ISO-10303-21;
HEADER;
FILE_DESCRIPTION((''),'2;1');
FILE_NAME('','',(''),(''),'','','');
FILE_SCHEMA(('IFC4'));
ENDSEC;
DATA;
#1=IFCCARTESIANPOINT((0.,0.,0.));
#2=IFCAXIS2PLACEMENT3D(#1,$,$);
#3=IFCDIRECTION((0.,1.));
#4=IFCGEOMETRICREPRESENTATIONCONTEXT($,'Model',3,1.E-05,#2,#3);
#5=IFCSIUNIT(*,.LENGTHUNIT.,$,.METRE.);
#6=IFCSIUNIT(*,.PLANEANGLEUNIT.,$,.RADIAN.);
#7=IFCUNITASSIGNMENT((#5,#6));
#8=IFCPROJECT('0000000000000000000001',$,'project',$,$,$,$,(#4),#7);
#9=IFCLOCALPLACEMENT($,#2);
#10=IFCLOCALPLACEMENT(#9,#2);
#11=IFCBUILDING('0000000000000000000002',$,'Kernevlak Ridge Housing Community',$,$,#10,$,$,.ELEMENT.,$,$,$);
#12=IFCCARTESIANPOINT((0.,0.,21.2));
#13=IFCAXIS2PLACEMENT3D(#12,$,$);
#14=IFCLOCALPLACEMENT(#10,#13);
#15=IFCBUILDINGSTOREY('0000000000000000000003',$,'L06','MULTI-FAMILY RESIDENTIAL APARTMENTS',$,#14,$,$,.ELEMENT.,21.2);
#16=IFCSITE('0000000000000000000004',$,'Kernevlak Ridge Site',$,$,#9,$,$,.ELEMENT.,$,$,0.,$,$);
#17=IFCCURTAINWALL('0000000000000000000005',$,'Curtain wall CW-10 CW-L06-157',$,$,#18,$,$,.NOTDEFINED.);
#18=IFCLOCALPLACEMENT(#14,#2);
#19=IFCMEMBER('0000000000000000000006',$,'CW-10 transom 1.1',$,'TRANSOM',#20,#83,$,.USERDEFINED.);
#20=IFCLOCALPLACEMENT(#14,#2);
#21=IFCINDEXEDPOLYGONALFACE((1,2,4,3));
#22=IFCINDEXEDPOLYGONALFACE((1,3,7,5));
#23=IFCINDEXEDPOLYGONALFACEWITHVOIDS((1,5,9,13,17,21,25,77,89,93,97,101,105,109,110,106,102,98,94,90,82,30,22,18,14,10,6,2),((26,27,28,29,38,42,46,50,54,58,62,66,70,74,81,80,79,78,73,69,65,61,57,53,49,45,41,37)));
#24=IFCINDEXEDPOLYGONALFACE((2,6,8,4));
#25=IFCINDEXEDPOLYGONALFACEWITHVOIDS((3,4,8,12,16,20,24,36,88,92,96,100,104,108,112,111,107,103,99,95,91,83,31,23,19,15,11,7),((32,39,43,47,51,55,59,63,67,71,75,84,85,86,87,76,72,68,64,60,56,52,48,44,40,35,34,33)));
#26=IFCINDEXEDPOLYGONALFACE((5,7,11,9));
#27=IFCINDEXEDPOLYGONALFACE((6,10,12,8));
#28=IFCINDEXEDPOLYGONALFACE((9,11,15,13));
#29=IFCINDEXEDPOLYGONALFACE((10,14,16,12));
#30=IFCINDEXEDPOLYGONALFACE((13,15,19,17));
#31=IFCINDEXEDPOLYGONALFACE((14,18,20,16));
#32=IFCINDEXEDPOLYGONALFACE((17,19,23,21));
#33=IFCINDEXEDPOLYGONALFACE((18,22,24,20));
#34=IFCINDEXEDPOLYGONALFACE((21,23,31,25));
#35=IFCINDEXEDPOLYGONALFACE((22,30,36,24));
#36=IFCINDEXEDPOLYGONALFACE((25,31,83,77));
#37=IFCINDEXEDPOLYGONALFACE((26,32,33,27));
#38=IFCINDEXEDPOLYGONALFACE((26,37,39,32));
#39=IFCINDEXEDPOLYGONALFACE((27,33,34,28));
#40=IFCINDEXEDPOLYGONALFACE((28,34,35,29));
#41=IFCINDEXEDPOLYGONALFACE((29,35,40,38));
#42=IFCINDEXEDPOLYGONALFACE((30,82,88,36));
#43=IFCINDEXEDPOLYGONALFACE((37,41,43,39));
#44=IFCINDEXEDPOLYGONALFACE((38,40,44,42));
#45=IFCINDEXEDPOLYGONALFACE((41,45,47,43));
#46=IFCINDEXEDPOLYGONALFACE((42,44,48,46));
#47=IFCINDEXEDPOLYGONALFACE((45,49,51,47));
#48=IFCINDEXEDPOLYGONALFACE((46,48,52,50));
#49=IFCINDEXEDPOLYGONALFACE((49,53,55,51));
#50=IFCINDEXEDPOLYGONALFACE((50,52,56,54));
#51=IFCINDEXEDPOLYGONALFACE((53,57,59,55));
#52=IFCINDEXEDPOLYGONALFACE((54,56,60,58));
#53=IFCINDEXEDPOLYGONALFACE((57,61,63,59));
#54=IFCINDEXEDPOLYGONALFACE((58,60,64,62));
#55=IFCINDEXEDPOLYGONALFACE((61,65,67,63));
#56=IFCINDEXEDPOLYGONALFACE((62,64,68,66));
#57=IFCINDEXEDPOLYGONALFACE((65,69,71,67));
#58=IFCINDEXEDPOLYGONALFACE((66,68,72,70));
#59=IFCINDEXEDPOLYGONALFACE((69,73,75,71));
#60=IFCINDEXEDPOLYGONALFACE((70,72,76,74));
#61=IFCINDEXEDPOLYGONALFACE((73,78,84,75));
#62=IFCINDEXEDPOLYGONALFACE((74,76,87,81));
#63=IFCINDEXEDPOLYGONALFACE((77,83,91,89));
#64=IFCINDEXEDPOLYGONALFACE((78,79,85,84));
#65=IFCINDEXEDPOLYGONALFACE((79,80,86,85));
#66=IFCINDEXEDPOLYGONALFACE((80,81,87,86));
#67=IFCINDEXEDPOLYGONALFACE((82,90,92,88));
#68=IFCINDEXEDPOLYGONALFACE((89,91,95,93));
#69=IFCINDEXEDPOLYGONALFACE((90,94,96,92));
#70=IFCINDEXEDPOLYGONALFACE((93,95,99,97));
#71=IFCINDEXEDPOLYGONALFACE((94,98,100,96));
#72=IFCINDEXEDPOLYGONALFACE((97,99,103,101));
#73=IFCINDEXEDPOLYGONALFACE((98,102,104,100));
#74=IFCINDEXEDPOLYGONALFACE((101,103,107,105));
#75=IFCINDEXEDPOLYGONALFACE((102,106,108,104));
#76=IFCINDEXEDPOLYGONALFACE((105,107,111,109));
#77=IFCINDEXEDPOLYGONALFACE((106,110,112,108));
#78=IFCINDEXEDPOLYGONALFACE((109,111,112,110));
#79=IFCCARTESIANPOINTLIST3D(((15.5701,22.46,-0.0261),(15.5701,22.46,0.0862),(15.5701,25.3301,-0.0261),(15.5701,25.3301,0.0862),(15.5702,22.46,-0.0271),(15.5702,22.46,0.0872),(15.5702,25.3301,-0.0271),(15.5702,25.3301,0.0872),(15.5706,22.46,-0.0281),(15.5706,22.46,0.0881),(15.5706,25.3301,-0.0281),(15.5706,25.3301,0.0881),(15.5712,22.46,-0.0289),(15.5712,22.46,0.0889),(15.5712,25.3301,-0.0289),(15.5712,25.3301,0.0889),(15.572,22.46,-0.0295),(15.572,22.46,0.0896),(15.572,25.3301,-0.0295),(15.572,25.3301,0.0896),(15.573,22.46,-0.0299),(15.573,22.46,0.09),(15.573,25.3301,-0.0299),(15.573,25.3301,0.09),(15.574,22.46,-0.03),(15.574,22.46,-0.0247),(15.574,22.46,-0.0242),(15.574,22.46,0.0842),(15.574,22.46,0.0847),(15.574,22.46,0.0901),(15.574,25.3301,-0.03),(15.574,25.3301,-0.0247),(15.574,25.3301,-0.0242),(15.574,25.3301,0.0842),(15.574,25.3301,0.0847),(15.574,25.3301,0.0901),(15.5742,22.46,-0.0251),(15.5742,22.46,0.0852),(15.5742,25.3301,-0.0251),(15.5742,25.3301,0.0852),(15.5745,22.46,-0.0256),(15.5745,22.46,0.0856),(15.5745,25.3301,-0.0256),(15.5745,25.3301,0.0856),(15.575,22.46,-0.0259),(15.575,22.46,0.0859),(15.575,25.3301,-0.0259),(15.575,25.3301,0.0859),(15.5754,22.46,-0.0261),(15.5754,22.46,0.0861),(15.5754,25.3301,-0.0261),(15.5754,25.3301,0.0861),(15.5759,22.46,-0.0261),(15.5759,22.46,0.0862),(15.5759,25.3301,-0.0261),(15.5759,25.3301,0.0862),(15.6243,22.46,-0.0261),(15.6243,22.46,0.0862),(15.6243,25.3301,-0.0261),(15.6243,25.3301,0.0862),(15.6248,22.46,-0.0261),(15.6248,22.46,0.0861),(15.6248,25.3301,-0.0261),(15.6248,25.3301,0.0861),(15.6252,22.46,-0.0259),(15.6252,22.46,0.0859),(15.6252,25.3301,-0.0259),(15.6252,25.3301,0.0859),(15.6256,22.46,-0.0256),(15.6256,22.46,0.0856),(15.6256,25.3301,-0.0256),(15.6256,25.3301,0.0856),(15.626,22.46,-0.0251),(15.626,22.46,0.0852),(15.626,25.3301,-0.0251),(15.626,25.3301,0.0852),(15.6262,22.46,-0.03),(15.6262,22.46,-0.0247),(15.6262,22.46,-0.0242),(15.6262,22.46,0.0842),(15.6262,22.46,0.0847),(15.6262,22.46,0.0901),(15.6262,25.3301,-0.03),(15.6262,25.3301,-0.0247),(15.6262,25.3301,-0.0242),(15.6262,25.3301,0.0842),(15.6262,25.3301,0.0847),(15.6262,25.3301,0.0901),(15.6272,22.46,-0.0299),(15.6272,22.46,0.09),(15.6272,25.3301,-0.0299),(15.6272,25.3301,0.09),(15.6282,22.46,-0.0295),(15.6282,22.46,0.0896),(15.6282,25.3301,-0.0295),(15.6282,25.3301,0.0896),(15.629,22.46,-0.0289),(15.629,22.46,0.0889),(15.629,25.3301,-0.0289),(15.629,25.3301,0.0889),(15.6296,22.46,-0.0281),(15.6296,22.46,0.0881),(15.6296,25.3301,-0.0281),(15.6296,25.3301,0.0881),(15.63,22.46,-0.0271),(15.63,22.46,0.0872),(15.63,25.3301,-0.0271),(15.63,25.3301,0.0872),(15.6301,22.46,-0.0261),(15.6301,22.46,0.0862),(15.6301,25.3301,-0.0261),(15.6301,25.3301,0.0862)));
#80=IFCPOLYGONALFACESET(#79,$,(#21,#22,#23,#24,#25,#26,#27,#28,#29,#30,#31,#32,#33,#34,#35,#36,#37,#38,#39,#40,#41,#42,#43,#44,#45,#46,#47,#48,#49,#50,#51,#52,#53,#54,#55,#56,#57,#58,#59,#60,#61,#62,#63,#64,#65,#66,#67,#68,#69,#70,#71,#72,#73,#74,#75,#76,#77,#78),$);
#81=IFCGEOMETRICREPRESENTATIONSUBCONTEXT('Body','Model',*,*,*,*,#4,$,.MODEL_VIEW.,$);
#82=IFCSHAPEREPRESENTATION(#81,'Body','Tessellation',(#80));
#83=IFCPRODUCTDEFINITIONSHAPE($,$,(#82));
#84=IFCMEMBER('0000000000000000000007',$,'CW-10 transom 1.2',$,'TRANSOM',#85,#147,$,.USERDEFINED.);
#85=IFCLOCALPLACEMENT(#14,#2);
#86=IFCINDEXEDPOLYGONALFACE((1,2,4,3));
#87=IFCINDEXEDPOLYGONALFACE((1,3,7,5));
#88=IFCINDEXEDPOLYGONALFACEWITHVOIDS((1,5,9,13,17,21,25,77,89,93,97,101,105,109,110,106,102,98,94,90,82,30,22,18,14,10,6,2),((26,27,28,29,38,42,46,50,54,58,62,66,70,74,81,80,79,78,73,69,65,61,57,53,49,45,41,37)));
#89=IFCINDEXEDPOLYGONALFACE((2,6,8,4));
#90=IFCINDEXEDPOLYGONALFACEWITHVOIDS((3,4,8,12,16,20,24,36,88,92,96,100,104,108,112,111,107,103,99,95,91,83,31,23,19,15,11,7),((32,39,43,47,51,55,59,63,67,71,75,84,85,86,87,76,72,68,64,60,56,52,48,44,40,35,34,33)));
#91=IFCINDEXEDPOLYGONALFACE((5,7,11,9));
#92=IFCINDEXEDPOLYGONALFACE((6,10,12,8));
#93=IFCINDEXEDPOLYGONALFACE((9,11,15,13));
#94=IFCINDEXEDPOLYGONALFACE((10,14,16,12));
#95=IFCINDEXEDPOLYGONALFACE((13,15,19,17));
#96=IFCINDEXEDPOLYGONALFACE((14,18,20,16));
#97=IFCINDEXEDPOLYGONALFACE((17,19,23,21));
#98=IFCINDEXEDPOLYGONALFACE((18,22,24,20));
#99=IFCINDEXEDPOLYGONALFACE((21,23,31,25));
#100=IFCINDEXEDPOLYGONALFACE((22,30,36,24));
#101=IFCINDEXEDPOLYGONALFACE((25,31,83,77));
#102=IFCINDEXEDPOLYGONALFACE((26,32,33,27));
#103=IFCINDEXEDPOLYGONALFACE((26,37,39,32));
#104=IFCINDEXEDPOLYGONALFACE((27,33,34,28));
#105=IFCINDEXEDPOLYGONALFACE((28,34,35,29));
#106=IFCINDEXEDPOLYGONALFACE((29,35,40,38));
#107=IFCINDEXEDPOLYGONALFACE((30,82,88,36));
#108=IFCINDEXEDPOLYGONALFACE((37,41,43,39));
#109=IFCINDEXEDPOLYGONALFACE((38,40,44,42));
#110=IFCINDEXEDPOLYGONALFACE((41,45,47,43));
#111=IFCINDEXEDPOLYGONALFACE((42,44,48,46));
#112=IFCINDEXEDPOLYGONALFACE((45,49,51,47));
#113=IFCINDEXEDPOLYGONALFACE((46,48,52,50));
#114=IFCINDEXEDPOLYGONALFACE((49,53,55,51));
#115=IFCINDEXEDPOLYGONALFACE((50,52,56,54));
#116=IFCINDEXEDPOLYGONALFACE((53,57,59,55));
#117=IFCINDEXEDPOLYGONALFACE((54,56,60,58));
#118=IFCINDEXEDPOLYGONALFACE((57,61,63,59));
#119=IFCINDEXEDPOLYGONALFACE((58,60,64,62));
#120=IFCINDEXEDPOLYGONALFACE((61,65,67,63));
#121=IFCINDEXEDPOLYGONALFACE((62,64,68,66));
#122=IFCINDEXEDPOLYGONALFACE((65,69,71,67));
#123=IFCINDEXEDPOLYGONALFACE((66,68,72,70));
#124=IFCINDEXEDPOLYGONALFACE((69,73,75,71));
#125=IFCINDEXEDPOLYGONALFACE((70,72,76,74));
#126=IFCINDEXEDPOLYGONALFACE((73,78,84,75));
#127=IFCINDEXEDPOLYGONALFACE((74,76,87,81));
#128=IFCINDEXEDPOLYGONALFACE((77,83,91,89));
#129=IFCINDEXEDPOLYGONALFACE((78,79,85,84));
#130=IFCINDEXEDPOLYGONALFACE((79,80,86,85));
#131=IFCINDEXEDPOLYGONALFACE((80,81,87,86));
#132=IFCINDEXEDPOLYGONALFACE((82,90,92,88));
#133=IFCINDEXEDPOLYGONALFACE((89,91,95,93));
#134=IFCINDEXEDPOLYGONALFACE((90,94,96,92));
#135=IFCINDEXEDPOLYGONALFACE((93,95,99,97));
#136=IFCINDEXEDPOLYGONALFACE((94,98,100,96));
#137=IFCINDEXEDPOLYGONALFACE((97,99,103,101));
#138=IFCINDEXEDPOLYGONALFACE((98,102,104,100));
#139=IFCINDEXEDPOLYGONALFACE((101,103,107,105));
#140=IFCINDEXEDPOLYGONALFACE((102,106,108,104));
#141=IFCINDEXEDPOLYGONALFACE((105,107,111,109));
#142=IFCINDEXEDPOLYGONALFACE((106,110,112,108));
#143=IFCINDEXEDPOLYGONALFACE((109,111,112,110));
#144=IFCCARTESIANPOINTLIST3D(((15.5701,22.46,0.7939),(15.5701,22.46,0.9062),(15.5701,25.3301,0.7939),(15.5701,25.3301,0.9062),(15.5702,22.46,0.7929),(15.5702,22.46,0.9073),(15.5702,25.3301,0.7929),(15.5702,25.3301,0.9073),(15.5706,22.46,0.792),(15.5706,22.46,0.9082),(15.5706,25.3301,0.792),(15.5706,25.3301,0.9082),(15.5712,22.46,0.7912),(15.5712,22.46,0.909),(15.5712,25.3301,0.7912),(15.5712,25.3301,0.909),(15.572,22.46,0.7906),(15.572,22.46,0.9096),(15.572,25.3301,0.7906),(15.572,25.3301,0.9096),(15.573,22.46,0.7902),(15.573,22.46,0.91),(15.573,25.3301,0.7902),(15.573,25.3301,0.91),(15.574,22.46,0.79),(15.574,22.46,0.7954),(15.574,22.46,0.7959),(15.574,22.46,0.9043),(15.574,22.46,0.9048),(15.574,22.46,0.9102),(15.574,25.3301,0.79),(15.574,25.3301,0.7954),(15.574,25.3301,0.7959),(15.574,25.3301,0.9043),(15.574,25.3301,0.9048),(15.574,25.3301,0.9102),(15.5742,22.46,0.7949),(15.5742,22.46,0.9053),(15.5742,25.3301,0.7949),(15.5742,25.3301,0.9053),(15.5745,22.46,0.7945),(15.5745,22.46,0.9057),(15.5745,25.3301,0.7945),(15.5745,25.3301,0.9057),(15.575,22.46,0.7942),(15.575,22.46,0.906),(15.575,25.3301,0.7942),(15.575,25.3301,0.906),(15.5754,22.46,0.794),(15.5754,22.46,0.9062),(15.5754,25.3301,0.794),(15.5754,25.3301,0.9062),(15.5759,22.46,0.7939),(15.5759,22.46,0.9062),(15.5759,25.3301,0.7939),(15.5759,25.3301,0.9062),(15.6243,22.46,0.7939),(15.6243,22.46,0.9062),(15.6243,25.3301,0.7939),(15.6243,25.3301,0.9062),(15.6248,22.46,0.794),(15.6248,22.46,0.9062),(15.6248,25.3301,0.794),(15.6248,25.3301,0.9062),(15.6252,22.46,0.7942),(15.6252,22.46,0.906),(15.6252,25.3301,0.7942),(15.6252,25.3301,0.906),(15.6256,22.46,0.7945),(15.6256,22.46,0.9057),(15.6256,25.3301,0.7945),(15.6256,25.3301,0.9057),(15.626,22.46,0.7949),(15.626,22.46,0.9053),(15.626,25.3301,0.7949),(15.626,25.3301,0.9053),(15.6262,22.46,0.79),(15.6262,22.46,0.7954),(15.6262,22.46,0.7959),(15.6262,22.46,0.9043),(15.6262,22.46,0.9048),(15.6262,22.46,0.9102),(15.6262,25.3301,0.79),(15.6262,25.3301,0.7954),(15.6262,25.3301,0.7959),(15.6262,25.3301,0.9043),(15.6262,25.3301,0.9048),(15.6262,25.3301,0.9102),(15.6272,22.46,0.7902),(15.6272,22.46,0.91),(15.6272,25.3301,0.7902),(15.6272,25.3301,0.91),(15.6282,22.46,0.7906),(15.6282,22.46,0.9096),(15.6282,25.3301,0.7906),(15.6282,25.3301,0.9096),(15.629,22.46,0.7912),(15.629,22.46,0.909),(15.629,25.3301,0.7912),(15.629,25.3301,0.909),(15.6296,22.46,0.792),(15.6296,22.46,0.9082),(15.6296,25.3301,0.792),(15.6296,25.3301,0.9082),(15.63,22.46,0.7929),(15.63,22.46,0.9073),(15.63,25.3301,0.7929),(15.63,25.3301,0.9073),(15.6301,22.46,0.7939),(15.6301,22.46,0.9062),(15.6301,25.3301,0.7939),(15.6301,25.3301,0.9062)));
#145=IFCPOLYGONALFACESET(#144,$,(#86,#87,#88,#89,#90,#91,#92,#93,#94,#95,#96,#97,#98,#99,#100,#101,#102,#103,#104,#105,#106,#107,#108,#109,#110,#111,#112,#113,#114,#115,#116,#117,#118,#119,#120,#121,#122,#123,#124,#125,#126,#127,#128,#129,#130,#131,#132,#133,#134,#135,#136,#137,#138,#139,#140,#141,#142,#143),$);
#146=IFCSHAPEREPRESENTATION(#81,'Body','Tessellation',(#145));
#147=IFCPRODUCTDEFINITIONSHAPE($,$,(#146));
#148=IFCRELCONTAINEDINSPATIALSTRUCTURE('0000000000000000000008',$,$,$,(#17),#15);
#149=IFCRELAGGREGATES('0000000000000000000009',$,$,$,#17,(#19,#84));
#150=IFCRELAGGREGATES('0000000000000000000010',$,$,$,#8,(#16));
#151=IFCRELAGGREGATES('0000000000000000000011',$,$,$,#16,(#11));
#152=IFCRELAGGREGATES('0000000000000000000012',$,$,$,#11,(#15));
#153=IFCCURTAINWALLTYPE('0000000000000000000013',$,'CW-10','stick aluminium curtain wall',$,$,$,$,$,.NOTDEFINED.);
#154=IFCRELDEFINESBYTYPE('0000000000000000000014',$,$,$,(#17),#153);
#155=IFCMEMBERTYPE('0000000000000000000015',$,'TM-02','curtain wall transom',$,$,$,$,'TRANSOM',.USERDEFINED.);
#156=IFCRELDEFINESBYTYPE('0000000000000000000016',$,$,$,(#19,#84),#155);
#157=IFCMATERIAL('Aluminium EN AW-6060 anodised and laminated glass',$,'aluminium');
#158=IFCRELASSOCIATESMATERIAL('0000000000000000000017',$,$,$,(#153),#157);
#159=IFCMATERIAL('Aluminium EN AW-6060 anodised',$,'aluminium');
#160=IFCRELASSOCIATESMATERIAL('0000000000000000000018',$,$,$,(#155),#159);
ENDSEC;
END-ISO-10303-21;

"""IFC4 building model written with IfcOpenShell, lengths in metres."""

from ifc_helpers import new_model, si_unit, direction, frame, origin, origin_2d, place, context, subcontext, project, spatial, hollow_rectangle, extrude, material, material_profile, profile_set, type_object, element, aggregate, save


model = new_model("IFC4")

# Units and contexts
model_context = context("Model", 3, precision=1e-05, world=origin(), true_north=direction((0.0, 1.0)))
body_context = subcontext(model_context, "Body", "Model", "MODEL_VIEW")
ifc_project = project(units=[si_unit("LENGTHUNIT", "METRE"), si_unit("PLANEANGLEUNIT", "RADIAN")], contexts=[model_context])

# Site, building, storey
site_placement = place(None, origin())
site = spatial("IfcSite", under=ifc_project, at=site_placement, Name="Kernevlak Ridge Site", CompositionType="ELEMENT", RefElevation=0.0)
building_placement = place(site_placement, origin())
building = spatial("IfcBuilding", under=site, at=building_placement, Name="Kernevlak Ridge Housing Community", CompositionType="ELEMENT")
storey_placement = place(building_placement, frame((0.0, 0.0, 21.2)))
storey = spatial("IfcBuildingStorey", under=building, at=storey_placement, Name="L06", Description="MULTI-FAMILY RESIDENTIAL APARTMENTS", CompositionType="ELEMENT", Elevation=21.2)

# Curtain wall
ifc_material_1 = material(Name="Aluminium EN AW-6060 anodised and laminated glass", Category="aluminium")
curtain_wall_type = type_object("IfcCurtainWallType", Name="CW-10", Description="stick aluminium curtain wall", PredefinedType="NOTDEFINED", material=ifc_material_1)
curtain_wall_placement = place(storey_placement, origin())
curtain_wall = element("IfcCurtainWall", 1, at=curtain_wall_placement, inside=storey, type_object=curtain_wall_type, Name="Curtain wall CW-10 CW-L06-157", PredefinedType="NOTDEFINED")
ifc_material_2 = material(Name="Aluminium EN AW-6060 anodised", Category="aluminium")

# Members
ifc_material_profile_1 = material_profile(ifc_material_2, hollow_rectangle(XDim=0.0601, YDim=0.1201, WallThickness=0.0039, InnerFilletRadius=0.002, OuterFilletRadius=0.0039, at=origin_2d()), Name="ALU 60x120x4")
ifc_profile_set_1 = profile_set([ifc_material_profile_1], Name="Aluminium EN AW-6060 anodised")
member_type_1 = type_object("IfcMemberType", Name="TM-02", Description="curtain wall transom", ElementType="TRANSOM", PredefinedType="USERDEFINED", material=ifc_profile_set_1)
member_1_placement = place(storey_placement, frame((15.6001, 22.46, 0.03), z_axis=(0.0, 1.0, 0.0), x_axis=(-1.0, 0.0, 0.0)))
member_1 = element("IfcMember", 2, at=member_1_placement, type_object=member_type_1, Name="CW-10 transom 1.1", ObjectType="TRANSOM", PredefinedType="USERDEFINED", context=body_context, shape_type="SweptSolid", body=[
    extrude(hollow_rectangle(XDim=0.0601, YDim=0.1201, WallThickness=0.0039, InnerFilletRadius=0.002, OuterFilletRadius=0.0039, at=origin_2d()), origin(), (0.0, 0.0, 1.0), 2.8701),
])
member_2_placement = place(storey_placement, frame((15.6001, 22.46, 0.8501), z_axis=(0.0, 1.0, 0.0), x_axis=(-1.0, 0.0, 0.0)))
member_2 = element("IfcMember", 3, at=member_2_placement, type_object=member_type_1, Name="CW-10 transom 1.2", ObjectType="TRANSOM", PredefinedType="USERDEFINED", context=body_context, shape_type="SweptSolid", body=[
    extrude(hollow_rectangle(XDim=0.0601, YDim=0.1201, WallThickness=0.0039, InnerFilletRadius=0.002, OuterFilletRadius=0.0039, at=origin_2d()), origin(), (0.0, 0.0, 1.0), 2.8701),
])
aggregate(curtain_wall, [member_1, member_2])

save(model, "model.ifc")
